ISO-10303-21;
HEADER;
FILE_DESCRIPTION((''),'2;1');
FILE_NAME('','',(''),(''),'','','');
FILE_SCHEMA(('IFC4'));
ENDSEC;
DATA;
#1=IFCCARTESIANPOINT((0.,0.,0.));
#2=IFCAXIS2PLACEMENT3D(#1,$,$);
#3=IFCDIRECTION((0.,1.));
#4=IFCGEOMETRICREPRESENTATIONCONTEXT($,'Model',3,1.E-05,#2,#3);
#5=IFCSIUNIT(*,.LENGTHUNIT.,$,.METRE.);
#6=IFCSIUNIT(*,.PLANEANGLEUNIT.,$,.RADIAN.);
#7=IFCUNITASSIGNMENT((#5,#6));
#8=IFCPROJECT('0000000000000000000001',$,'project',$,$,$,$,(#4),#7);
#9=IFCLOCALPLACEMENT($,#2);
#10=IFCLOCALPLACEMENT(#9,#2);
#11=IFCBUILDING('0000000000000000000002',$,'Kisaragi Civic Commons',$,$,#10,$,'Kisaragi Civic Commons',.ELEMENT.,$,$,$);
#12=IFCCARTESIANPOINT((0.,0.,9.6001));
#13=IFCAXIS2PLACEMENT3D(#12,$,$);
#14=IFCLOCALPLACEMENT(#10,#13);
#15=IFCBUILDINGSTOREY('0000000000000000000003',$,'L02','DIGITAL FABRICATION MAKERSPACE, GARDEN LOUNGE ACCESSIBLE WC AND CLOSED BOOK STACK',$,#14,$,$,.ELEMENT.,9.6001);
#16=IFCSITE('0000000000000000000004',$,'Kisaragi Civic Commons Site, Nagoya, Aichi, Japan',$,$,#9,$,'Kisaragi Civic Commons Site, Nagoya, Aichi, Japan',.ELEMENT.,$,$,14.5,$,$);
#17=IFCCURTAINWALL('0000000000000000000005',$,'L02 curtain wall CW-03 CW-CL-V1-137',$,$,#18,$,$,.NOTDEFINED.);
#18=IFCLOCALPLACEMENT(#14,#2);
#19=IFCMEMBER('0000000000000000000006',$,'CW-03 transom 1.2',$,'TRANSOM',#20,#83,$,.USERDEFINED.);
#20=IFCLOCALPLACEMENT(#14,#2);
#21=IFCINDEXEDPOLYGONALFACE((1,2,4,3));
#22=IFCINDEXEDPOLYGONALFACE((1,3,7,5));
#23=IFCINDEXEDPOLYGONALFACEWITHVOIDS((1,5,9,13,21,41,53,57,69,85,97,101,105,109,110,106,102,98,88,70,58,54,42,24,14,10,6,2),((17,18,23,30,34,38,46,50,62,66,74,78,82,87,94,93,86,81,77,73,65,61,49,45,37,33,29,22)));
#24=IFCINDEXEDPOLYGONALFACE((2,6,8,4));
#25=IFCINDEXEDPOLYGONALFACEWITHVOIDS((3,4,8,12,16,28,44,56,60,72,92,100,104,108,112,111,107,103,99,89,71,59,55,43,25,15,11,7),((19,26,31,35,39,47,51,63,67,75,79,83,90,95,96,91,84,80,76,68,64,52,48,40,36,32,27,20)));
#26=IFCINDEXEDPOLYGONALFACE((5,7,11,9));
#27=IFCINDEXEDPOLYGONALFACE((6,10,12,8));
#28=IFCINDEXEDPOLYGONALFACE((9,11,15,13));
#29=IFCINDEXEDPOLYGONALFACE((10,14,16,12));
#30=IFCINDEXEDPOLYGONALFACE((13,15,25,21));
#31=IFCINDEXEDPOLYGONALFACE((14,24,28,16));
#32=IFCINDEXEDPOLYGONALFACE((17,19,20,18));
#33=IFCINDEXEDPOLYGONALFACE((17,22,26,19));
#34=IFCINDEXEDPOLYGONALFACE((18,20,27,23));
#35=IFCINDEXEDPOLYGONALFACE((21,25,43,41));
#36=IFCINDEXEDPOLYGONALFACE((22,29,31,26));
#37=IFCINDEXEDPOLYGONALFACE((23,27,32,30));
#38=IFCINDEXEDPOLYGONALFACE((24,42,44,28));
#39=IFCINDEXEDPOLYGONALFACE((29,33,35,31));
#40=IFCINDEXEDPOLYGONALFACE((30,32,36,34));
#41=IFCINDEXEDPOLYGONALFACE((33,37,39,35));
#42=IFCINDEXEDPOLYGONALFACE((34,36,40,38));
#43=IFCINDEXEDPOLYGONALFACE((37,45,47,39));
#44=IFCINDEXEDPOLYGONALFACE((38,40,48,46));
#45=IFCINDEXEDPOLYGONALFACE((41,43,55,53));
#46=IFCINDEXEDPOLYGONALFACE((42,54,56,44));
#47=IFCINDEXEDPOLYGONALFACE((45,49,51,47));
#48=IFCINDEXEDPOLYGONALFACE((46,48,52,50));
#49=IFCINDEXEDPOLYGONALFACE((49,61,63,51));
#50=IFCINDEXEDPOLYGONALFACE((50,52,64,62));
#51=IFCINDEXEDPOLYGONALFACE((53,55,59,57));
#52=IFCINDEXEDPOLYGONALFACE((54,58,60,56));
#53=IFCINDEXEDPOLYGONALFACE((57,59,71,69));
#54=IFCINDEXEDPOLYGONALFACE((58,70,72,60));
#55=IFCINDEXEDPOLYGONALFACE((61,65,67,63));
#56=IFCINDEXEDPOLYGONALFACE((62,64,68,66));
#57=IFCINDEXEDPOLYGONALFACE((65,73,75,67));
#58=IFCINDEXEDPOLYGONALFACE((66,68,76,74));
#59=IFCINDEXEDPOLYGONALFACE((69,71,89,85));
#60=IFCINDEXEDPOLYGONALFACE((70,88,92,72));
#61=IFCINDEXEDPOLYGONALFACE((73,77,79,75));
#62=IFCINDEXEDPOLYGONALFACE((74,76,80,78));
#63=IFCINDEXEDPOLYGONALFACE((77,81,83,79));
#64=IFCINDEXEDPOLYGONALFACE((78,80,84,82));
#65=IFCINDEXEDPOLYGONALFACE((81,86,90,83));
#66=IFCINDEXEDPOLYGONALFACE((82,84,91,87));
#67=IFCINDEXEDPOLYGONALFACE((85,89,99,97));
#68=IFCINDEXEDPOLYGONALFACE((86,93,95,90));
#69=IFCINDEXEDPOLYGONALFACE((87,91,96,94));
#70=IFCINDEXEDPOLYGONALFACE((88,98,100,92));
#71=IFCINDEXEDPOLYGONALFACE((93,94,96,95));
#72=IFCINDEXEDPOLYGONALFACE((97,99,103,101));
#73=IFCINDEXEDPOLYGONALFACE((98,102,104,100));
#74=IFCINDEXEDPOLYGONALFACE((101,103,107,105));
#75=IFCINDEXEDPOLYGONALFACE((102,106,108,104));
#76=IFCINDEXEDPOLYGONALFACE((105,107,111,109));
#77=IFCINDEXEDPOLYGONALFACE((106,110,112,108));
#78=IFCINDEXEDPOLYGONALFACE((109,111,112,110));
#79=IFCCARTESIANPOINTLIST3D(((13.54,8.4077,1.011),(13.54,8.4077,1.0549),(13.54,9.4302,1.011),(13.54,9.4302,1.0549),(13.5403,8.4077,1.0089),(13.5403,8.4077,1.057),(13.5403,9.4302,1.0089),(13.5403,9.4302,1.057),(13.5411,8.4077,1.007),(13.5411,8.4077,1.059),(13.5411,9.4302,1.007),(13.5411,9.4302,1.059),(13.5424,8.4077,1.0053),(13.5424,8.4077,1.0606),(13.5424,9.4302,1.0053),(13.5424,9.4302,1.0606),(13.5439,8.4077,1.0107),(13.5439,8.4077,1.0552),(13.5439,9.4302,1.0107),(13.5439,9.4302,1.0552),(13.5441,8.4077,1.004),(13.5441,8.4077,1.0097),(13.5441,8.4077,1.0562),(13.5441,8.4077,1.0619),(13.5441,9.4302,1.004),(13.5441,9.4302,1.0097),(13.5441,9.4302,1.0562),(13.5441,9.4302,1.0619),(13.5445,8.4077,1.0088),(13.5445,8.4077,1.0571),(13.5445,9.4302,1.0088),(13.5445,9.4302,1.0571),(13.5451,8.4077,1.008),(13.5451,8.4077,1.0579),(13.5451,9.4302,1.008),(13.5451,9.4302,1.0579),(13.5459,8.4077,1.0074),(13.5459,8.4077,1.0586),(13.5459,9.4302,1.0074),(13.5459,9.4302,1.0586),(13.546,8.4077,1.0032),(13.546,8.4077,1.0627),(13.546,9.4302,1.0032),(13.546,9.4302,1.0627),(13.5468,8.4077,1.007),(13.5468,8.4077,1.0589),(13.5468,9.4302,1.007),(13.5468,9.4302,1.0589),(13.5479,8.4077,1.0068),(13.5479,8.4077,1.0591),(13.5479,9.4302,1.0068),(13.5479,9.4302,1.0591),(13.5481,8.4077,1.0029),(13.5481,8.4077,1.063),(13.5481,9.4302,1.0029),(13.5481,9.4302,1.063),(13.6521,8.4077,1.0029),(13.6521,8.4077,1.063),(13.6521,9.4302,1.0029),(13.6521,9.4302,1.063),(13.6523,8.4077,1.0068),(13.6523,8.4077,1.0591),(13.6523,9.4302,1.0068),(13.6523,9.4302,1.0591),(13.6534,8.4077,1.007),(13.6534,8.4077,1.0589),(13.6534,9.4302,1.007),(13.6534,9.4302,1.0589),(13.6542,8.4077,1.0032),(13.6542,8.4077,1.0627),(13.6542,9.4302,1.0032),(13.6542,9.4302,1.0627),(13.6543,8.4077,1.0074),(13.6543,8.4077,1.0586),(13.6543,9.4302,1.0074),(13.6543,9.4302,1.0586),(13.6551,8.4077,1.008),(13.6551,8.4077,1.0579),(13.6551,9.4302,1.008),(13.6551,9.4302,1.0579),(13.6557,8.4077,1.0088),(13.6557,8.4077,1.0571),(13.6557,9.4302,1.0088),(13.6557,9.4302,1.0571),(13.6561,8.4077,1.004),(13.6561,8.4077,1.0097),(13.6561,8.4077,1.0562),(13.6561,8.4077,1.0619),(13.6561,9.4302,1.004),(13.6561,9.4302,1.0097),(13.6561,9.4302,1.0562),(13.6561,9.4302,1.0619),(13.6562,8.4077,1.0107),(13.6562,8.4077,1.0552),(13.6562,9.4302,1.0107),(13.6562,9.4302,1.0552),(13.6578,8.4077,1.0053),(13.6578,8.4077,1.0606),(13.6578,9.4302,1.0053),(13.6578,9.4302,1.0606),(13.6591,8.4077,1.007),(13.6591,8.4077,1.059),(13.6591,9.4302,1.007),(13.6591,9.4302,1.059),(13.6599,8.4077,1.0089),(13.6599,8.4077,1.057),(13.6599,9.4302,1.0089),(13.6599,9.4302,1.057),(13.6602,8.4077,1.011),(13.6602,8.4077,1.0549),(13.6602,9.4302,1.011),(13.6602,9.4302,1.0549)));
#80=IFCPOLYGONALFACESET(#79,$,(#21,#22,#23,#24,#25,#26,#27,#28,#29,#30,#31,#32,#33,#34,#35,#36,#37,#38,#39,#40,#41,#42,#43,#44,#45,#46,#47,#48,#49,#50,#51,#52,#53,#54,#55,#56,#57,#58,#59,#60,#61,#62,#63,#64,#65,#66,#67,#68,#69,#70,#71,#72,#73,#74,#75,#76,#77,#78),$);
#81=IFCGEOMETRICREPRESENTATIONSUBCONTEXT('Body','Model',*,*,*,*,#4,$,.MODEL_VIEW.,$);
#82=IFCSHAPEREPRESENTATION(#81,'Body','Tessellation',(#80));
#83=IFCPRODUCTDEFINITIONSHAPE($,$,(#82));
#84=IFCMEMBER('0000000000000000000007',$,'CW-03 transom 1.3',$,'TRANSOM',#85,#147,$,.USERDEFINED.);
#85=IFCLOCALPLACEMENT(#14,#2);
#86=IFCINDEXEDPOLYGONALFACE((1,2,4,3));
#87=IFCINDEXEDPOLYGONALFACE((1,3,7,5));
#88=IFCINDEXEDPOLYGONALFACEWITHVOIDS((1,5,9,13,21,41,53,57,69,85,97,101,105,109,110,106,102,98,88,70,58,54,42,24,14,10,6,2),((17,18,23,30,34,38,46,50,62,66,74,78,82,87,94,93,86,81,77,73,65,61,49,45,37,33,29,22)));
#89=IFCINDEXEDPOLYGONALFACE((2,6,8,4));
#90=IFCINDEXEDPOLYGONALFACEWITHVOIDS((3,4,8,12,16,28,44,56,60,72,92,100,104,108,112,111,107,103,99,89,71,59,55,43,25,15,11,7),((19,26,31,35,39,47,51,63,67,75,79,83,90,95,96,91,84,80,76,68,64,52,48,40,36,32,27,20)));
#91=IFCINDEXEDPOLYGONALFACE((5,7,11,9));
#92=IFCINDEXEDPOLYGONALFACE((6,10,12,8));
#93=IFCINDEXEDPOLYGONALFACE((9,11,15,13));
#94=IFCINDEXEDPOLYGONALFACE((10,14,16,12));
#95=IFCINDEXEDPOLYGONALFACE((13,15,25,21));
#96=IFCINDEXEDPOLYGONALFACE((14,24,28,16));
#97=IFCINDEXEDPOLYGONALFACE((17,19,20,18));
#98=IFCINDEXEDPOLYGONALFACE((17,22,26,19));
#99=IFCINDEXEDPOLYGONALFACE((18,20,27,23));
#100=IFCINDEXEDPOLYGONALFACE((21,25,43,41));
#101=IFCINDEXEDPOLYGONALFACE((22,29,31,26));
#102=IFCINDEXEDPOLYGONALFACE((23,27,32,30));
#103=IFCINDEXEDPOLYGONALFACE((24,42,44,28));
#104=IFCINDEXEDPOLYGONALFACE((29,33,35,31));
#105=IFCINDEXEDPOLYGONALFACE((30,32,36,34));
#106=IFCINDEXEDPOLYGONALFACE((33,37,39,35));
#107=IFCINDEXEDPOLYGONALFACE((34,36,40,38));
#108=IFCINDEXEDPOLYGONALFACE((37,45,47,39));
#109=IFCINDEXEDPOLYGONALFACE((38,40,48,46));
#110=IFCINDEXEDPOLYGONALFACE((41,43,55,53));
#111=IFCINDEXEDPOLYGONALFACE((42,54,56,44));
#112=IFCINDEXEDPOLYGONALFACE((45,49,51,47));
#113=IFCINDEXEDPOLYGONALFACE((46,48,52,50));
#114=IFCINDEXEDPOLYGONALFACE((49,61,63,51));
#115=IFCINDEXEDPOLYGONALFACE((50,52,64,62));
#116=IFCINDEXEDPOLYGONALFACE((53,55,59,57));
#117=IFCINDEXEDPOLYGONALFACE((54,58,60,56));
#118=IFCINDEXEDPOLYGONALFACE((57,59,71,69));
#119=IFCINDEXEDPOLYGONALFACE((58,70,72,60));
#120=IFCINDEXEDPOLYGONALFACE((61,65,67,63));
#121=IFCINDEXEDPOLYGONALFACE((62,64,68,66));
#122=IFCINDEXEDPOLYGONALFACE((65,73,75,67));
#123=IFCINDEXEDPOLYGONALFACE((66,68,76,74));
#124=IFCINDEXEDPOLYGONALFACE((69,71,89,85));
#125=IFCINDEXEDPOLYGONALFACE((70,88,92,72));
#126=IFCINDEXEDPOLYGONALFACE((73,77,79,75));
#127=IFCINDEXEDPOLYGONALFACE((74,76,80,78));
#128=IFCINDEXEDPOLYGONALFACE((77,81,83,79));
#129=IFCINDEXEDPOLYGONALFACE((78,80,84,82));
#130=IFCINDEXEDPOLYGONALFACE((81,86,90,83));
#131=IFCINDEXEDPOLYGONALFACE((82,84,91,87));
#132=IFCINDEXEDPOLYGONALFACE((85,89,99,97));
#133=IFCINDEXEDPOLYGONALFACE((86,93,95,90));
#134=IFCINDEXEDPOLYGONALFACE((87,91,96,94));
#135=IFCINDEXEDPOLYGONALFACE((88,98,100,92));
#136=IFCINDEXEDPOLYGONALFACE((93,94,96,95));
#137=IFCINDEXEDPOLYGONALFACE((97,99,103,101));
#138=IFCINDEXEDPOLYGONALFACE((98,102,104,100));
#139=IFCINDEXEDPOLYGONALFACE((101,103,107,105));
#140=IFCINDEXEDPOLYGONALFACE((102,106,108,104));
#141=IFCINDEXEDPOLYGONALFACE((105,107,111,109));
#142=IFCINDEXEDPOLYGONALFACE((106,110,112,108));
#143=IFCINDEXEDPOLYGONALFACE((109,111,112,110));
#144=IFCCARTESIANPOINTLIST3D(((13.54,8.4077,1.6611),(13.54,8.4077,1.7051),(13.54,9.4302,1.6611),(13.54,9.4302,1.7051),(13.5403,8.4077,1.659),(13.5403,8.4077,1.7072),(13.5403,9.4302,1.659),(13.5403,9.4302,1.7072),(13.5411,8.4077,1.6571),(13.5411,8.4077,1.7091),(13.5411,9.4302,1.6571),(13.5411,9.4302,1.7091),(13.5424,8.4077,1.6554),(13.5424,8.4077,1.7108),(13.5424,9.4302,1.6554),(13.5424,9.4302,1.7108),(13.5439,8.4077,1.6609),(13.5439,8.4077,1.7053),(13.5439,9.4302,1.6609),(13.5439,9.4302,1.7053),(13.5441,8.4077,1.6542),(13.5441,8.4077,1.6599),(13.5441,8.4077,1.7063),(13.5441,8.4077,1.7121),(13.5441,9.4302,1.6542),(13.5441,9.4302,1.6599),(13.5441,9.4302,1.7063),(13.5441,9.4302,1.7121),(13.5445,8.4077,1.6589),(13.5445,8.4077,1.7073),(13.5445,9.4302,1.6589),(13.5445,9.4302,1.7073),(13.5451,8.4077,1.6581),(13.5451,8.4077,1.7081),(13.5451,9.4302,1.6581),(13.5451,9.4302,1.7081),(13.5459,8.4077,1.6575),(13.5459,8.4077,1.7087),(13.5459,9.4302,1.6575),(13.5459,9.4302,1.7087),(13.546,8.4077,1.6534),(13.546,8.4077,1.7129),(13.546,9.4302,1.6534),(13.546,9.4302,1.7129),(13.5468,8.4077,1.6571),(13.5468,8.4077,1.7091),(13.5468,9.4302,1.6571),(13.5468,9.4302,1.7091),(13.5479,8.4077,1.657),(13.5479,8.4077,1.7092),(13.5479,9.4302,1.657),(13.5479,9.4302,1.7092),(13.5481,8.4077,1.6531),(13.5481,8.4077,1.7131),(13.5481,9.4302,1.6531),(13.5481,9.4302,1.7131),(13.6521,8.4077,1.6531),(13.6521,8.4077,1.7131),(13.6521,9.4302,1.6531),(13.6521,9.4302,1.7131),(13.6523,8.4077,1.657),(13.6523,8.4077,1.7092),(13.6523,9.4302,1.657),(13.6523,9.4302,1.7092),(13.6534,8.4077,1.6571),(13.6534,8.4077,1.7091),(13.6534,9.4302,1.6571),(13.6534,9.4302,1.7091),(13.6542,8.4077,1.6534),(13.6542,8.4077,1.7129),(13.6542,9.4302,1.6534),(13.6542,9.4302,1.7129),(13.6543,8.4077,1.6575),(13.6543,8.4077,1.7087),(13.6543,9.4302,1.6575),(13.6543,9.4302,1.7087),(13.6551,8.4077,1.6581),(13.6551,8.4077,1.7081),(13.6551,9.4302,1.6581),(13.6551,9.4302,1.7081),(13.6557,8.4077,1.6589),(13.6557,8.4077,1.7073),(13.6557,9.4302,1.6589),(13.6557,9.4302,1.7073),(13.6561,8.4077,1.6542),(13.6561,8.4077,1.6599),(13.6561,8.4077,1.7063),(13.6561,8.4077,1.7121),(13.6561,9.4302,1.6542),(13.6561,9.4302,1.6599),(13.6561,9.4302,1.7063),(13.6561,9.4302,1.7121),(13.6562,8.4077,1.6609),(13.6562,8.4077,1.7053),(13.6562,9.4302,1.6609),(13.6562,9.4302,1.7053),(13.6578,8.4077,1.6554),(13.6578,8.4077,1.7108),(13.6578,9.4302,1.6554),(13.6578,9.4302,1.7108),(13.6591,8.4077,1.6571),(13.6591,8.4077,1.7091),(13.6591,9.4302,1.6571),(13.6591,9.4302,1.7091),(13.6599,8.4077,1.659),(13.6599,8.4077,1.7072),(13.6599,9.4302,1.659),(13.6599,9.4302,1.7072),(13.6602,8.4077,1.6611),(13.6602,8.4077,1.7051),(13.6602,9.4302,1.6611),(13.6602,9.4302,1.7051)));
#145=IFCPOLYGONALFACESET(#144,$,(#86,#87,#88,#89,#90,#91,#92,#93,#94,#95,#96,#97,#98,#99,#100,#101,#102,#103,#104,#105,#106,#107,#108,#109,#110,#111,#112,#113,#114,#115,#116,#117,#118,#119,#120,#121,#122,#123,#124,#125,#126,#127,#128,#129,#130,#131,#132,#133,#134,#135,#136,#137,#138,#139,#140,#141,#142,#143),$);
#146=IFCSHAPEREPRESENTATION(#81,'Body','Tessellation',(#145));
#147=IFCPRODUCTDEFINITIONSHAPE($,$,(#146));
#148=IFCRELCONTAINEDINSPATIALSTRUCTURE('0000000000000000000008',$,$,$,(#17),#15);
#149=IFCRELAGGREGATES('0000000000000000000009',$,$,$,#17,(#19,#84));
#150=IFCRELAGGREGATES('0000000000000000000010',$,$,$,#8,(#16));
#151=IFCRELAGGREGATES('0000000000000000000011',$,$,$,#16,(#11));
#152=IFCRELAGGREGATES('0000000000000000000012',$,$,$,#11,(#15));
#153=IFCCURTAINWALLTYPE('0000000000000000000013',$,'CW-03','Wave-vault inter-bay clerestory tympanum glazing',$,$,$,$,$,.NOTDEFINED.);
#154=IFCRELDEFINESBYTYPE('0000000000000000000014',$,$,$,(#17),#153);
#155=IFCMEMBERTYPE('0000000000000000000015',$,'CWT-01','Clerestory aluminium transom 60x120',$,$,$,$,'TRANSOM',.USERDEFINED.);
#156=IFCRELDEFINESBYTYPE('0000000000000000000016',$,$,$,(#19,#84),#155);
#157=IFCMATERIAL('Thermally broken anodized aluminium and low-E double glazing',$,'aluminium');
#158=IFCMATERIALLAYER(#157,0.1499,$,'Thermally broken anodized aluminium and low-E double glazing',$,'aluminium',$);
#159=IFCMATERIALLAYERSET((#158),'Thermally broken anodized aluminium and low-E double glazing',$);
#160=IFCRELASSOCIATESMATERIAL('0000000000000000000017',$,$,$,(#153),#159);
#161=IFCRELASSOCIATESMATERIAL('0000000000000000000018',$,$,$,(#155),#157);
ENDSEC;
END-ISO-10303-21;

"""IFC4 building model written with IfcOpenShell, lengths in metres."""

from ifc_helpers import new_model, si_unit, direction, frame, origin, origin_2d, place, context, subcontext, project, spatial, hollow_rectangle, extrude, material, layer, layer_set, material_profile, profile_set, type_object, element, aggregate, save


model = new_model("IFC4")

# Units and contexts
model_context = context("Model", 3, precision=1e-05, world=origin(), true_north=direction((0.0, 1.0)))
body_context = subcontext(model_context, "Body", "Model", "MODEL_VIEW")
ifc_project = project(units=[si_unit("LENGTHUNIT", "METRE"), si_unit("PLANEANGLEUNIT", "RADIAN")], contexts=[model_context])

# Site, building, storey
site_placement = place(None, origin())
site = spatial("IfcSite", under=ifc_project, at=site_placement, Name="Kisaragi Civic Commons Site, Nagoya, Aichi, Japan", LongName="Kisaragi Civic Commons Site, Nagoya, Aichi, Japan", CompositionType="ELEMENT", RefElevation=14.5)
building_placement = place(site_placement, origin())
building = spatial("IfcBuilding", under=site, at=building_placement, Name="Kisaragi Civic Commons", LongName="Kisaragi Civic Commons", CompositionType="ELEMENT")
storey_placement = place(building_placement, frame((0.0, 0.0, 9.6001)))
storey = spatial("IfcBuildingStorey", under=building, at=storey_placement, Name="L02", Description="DIGITAL FABRICATION MAKERSPACE, GARDEN LOUNGE ACCESSIBLE WC AND CLOSED BOOK STACK", CompositionType="ELEMENT", Elevation=9.6001)

# Curtain wall
ifc_material_1 = material(Name="Thermally broken anodized aluminium and low-E double glazing", Category="aluminium")
ifc_layer_1 = layer(ifc_material_1, 0.1499, Name="Thermally broken anodized aluminium and low-E double glazing", Category="aluminium")
ifc_layer_set_1 = layer_set([ifc_layer_1], Name="Thermally broken anodized aluminium and low-E double glazing")
curtain_wall_type = type_object("IfcCurtainWallType", Name="CW-03", Description="Wave-vault inter-bay clerestory tympanum glazing", PredefinedType="NOTDEFINED", material=ifc_layer_set_1)
curtain_wall_1_placement = place(storey_placement, origin())
curtain_wall_1 = element("IfcCurtainWall", 1, at=curtain_wall_1_placement, inside=storey, type_object=curtain_wall_type, Name="L02 curtain wall CW-03 CW-CL-V1-137", PredefinedType="NOTDEFINED")

# Members
ifc_material_profile_1 = material_profile(ifc_material_1, hollow_rectangle(XDim=0.1201, YDim=0.0601, WallThickness=0.0039, InnerFilletRadius=0.0039, OuterFilletRadius=0.0081, at=origin_2d()), Name="CWT-60x120x4", Category="aluminium")
ifc_profile_set_1 = profile_set([ifc_material_profile_1], Name="Thermally broken anodized aluminium and low-E double glazing")
member_type_1 = type_object("IfcMemberType", Name="CWT-01", Description="Clerestory aluminium transom 60x120", ElementType="TRANSOM", PredefinedType="USERDEFINED", material=ifc_profile_set_1)
member_1_placement = place(storey_placement, frame((13.6001, 8.4077, 1.033), z_axis=(0.0, 1.0, 0.0), x_axis=(-1.0, 0.0, 0.0)))
member_1 = element("IfcMember", 2, at=member_1_placement, type_object=member_type_1, Name="CW-03 transom 1.2", ObjectType="TRANSOM", PredefinedType="USERDEFINED", context=body_context, shape_type="SweptSolid", body=[
    extrude(hollow_rectangle(XDim=0.1201, YDim=0.0601, WallThickness=0.0039, InnerFilletRadius=0.0039, OuterFilletRadius=0.0081, at=origin_2d()), origin(), (0.0, 0.0, 1.0), 1.0225),
])
member_2_placement = place(storey_placement, frame((13.6001, 8.4077, 1.6831), z_axis=(0.0, 1.0, 0.0), x_axis=(-1.0, 0.0, 0.0)))
member_2 = element("IfcMember", 3, at=member_2_placement, type_object=member_type_1, Name="CW-03 transom 1.3", ObjectType="TRANSOM", PredefinedType="USERDEFINED", context=body_context, shape_type="SweptSolid", body=[
    extrude(hollow_rectangle(XDim=0.1201, YDim=0.0601, WallThickness=0.0039, InnerFilletRadius=0.0039, OuterFilletRadius=0.0081, at=origin_2d()), origin(), (0.0, 0.0, 1.0), 1.0225),
])

aggregate(curtain_wall_1, [member_1, member_2])

save(model, "model.ifc")
